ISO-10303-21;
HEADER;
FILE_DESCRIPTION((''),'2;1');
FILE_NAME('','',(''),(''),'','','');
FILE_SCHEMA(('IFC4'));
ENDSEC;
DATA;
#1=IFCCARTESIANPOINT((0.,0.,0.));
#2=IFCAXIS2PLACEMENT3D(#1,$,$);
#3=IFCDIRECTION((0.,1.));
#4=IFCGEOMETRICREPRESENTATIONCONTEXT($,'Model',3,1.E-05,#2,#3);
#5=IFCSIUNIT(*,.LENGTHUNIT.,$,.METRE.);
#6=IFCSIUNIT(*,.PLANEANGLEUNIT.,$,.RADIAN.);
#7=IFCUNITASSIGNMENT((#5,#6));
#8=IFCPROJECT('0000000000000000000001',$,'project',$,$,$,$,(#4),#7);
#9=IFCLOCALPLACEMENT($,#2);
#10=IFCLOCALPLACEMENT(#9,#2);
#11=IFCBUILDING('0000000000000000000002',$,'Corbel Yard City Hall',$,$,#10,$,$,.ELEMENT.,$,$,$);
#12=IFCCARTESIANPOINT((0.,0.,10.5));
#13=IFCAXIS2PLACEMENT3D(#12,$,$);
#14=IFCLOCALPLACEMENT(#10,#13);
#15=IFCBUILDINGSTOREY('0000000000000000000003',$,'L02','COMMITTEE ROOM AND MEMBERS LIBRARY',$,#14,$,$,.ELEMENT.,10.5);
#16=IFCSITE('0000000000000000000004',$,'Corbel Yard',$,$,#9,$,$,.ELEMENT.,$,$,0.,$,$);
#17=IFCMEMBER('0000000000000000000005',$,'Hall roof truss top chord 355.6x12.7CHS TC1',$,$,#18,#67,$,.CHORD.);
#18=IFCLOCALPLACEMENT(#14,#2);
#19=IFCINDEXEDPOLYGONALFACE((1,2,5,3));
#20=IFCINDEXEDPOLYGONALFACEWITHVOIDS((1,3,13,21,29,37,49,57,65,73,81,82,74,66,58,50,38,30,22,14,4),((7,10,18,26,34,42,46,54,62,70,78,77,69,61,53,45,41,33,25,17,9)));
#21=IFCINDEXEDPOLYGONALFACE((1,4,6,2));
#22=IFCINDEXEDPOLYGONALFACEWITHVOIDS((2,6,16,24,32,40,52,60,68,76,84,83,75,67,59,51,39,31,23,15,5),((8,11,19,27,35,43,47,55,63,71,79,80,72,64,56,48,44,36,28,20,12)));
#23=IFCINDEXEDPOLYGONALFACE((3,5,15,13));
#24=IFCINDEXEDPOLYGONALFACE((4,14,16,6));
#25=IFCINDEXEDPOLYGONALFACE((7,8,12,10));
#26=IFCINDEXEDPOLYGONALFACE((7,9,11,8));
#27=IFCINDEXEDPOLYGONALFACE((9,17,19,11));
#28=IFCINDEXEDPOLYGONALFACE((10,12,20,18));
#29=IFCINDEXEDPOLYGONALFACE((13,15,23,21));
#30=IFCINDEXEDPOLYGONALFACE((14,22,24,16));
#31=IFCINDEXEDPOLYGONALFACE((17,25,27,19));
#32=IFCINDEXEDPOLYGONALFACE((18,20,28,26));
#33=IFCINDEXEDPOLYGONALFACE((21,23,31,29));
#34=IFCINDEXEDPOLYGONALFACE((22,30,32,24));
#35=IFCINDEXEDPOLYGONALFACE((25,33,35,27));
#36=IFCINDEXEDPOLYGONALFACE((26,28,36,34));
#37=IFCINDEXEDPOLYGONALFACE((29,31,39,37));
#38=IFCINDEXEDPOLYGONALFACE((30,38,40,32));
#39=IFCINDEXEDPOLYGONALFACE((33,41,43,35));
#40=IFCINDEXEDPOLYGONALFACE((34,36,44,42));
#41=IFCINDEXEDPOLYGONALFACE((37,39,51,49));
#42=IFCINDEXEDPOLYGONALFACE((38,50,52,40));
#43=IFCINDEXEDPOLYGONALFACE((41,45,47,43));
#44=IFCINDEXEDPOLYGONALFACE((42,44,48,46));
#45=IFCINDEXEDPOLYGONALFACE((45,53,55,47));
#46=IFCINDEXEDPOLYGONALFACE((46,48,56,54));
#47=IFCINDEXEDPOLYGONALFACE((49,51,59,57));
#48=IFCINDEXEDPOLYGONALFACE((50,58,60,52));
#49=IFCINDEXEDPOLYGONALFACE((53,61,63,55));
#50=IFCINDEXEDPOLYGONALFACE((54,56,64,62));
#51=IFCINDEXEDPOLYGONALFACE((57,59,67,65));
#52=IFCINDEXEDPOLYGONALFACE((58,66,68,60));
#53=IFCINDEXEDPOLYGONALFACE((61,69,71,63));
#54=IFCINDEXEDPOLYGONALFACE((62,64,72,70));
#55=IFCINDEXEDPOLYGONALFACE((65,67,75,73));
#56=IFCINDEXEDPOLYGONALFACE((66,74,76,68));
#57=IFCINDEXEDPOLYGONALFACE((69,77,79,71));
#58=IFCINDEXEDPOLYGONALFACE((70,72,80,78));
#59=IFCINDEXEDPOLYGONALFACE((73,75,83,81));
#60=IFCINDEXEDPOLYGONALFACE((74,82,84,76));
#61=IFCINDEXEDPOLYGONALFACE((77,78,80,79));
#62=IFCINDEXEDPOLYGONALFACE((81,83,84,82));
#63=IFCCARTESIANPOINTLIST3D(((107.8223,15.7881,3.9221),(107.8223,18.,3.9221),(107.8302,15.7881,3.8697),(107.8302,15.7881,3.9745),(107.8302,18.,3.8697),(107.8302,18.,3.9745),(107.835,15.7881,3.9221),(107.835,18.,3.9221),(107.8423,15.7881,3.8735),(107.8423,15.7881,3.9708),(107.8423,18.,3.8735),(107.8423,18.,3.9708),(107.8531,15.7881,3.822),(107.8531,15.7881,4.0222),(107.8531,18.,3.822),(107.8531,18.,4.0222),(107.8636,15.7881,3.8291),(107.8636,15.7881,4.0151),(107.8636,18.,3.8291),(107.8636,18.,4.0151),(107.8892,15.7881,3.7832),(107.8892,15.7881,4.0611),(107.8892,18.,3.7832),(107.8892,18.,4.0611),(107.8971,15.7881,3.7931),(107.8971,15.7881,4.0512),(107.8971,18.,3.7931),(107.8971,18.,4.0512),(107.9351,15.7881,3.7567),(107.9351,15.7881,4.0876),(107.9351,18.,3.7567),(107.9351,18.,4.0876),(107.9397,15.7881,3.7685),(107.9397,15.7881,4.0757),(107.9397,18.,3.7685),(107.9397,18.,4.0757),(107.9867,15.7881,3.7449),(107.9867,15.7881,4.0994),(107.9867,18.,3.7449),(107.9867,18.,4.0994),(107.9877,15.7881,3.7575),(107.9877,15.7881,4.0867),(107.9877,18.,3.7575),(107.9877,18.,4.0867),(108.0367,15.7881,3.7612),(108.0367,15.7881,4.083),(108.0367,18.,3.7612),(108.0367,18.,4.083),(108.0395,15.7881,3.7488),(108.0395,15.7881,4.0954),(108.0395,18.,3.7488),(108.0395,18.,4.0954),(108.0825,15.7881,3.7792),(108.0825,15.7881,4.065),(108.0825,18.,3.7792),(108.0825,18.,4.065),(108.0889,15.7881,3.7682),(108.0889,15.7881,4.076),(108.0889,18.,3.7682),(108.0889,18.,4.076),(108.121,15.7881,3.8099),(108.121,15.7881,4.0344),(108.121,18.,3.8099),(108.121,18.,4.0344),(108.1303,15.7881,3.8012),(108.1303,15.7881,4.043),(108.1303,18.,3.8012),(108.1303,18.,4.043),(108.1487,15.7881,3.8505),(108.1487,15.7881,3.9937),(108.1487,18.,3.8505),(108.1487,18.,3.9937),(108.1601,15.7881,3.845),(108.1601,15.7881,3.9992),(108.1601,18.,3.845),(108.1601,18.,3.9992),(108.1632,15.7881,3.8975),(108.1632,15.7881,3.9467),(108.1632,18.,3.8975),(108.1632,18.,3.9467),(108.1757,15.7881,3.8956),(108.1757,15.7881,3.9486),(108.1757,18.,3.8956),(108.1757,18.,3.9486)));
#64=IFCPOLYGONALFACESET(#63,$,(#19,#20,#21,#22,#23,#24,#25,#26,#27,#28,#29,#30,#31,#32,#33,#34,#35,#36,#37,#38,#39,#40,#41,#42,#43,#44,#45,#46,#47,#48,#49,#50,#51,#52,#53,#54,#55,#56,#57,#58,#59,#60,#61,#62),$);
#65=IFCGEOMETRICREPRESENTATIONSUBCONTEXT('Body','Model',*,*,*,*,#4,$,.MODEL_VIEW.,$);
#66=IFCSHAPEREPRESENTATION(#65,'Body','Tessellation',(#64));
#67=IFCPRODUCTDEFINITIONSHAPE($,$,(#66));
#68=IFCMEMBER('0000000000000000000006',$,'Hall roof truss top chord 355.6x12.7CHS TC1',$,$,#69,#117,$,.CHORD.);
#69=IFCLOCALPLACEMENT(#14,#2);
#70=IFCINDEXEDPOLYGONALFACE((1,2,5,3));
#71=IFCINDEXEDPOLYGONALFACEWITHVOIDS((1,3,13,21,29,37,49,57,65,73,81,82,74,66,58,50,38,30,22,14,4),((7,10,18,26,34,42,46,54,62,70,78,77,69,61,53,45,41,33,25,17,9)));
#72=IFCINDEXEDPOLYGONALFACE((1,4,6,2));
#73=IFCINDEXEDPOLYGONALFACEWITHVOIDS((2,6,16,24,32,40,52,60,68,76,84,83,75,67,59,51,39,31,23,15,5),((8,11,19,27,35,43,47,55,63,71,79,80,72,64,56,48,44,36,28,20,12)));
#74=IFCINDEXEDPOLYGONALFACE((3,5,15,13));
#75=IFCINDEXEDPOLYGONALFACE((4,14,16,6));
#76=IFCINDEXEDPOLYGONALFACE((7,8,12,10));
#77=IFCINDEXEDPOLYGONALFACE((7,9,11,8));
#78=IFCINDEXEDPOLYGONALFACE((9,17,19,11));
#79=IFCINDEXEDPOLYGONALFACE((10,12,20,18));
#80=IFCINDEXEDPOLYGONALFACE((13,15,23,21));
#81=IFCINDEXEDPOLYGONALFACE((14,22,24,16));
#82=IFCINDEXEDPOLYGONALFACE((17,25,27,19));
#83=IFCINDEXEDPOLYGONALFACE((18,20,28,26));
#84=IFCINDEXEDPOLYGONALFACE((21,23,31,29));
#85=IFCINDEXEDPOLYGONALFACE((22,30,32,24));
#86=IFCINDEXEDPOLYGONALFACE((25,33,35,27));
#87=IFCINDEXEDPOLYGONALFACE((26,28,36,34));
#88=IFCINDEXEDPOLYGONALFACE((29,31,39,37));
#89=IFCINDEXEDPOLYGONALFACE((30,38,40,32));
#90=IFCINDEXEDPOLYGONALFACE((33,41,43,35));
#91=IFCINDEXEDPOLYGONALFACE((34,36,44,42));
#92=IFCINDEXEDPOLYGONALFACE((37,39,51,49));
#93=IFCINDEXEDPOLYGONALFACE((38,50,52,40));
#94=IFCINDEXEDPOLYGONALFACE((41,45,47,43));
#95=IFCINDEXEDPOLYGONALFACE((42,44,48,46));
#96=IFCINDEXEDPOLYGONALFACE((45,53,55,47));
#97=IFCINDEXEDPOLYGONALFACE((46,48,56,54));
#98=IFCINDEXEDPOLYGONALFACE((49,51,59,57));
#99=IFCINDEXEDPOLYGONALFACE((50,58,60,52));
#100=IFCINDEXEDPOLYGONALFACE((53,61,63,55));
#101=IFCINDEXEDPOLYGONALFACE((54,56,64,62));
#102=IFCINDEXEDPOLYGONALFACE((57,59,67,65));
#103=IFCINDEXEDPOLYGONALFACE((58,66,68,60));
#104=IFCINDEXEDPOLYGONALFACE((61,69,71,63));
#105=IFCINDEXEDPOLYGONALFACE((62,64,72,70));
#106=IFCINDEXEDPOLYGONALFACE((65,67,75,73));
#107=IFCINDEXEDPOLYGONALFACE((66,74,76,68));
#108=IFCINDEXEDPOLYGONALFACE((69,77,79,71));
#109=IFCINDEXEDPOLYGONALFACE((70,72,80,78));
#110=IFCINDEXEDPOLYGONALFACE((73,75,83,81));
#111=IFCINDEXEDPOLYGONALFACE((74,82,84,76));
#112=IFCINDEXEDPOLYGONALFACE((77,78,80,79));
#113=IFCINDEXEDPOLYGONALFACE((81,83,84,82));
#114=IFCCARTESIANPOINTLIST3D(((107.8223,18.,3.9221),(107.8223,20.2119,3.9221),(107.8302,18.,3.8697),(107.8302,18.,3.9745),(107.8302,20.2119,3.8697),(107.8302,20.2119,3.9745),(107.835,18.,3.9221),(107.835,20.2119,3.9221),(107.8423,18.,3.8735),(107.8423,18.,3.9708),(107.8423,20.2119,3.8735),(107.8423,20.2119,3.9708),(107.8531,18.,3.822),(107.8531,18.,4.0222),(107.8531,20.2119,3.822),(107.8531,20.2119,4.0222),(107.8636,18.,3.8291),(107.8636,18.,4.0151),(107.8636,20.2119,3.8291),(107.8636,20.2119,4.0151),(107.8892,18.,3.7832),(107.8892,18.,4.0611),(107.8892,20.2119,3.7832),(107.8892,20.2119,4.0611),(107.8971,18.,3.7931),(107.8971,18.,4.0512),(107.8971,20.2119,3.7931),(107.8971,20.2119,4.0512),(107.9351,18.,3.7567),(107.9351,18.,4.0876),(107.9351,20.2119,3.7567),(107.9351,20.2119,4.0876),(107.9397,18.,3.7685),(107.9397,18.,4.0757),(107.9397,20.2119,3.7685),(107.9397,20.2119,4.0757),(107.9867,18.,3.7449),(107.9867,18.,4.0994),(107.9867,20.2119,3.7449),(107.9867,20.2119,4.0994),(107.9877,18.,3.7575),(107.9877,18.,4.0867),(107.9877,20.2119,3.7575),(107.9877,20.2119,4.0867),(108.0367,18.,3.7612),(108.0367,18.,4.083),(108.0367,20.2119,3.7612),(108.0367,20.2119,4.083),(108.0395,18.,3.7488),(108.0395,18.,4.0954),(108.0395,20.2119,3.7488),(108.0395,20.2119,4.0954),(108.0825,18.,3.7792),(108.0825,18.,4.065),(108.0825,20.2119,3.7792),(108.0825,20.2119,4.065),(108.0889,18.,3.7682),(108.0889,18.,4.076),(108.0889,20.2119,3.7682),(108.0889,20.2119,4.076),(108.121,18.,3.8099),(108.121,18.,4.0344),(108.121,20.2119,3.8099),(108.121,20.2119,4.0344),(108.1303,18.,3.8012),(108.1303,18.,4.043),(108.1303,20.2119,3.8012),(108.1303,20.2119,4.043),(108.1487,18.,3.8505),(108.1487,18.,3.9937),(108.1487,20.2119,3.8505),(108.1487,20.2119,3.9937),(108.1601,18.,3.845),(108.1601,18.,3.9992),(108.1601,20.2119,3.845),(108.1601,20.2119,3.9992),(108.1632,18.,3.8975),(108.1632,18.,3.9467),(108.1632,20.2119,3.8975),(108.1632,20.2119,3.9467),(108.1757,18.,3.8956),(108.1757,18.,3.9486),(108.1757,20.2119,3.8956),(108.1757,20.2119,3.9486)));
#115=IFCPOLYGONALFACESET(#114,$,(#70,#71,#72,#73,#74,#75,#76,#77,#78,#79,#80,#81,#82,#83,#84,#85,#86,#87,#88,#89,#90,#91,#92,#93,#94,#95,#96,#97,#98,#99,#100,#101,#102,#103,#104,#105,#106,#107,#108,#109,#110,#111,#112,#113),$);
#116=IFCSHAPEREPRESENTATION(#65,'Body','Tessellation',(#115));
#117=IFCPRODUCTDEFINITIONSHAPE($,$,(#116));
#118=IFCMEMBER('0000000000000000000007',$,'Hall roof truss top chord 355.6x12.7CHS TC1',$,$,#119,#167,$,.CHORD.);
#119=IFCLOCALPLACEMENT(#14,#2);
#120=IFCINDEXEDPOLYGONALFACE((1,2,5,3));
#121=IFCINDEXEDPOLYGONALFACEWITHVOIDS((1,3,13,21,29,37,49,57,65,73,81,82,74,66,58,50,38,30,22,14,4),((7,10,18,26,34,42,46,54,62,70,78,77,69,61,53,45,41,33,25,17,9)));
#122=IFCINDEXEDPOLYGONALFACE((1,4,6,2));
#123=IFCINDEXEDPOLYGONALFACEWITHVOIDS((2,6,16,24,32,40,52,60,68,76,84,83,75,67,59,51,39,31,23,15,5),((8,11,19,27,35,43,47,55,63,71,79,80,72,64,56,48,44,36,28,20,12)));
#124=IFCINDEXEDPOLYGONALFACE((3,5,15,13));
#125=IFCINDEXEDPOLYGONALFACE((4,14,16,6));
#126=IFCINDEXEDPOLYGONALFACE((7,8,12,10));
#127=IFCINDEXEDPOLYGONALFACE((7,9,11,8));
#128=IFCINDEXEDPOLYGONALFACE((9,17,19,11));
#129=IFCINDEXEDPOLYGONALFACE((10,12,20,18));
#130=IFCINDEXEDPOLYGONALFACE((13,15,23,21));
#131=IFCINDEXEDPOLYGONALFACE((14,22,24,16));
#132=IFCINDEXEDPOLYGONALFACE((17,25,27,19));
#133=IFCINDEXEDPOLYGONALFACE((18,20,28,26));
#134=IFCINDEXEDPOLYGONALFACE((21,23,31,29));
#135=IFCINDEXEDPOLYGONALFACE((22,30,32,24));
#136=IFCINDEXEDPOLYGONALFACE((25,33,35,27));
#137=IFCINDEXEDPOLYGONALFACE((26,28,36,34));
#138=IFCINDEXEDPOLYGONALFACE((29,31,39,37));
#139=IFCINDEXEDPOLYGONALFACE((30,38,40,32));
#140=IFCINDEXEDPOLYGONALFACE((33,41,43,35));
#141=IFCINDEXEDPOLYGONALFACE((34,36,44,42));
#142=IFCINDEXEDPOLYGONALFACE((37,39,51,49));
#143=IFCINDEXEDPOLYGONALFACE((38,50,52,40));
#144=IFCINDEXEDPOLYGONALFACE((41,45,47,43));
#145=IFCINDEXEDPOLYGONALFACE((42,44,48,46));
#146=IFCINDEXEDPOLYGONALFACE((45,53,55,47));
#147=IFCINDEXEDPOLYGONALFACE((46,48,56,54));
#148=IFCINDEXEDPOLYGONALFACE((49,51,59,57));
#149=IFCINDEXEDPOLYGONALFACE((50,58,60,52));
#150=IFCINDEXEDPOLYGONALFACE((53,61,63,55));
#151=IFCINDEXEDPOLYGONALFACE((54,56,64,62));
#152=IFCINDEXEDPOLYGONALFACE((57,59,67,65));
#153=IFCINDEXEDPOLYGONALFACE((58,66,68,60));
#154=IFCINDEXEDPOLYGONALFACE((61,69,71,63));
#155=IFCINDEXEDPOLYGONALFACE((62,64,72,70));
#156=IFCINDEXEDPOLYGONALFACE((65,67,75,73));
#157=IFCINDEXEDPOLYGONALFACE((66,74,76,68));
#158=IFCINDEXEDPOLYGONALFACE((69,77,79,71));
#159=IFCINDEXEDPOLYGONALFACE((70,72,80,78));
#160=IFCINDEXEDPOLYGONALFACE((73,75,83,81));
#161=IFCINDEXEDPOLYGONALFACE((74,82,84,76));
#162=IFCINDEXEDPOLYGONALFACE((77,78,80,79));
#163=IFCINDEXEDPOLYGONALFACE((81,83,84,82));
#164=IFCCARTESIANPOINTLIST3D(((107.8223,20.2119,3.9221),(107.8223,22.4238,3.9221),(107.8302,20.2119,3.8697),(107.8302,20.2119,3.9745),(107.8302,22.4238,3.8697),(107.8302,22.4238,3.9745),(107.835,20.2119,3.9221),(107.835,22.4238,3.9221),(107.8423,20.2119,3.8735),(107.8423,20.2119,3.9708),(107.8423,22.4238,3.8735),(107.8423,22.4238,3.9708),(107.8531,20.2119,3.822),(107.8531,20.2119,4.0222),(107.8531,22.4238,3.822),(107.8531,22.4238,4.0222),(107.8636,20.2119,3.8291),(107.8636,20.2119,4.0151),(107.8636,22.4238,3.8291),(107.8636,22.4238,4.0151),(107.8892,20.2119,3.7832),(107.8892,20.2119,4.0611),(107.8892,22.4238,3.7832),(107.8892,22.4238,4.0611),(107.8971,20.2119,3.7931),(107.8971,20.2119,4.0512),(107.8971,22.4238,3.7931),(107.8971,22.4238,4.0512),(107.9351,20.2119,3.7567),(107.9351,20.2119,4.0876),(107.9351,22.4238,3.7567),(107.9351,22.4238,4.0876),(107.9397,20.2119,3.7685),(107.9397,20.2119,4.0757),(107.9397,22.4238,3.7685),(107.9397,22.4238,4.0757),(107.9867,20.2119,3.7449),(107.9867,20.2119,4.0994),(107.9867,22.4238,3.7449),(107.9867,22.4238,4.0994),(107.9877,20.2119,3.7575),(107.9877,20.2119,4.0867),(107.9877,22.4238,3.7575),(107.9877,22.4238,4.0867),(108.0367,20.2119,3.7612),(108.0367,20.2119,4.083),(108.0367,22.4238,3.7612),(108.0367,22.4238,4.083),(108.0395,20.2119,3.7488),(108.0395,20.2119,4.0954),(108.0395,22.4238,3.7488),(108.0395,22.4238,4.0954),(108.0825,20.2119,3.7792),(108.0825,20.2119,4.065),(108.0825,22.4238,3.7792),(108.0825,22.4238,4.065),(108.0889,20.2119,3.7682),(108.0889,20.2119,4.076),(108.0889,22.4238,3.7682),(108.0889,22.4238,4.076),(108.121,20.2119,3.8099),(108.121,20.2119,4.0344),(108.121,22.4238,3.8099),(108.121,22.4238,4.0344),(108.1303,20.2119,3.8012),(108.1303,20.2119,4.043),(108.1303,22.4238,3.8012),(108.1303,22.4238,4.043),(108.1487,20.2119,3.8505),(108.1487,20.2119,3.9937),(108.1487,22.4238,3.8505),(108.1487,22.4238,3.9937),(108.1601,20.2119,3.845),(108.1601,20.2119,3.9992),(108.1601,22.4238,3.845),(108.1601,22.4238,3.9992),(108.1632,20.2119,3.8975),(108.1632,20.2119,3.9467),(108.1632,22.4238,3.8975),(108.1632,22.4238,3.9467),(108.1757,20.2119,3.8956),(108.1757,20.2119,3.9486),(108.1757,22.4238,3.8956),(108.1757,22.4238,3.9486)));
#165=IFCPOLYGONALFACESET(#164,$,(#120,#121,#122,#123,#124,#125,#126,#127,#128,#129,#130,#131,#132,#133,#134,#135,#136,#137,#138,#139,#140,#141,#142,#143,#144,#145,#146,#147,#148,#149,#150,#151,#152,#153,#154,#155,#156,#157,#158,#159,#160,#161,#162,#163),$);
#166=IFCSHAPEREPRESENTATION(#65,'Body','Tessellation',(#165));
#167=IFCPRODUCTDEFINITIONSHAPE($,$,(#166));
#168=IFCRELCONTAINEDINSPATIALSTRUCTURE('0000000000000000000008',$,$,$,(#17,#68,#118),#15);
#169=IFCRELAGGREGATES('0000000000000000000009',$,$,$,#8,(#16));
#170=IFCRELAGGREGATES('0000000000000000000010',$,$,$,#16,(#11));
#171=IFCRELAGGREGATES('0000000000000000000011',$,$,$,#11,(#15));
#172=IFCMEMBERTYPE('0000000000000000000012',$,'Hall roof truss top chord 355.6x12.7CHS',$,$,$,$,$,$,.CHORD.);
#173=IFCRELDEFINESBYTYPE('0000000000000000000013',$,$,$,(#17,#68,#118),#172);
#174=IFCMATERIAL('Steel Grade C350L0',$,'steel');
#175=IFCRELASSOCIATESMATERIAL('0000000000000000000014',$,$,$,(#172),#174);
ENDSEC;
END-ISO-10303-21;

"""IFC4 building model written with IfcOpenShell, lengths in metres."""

from ifc_helpers import new_model, si_unit, direction, frame, origin, origin_2d, place, context, subcontext, project, spatial, hollow_circle, extrude, material, material_profile, profile_set, type_object, element, save


model = new_model("IFC4")

# Units and contexts
model_context = context("Model", 3, precision=1e-05, world=origin(), true_north=direction((0.0, 1.0)))
body_context = subcontext(model_context, "Body", "Model", "MODEL_VIEW")
ifc_project = project(units=[si_unit("LENGTHUNIT", "METRE"), si_unit("PLANEANGLEUNIT", "RADIAN")], contexts=[model_context])

# Site, building, storey
site_placement = place(None, origin())
site = spatial("IfcSite", under=ifc_project, at=site_placement, Name="Corbel Yard", CompositionType="ELEMENT", RefElevation=0.0)
building_placement = place(site_placement, origin())
building = spatial("IfcBuilding", under=site, at=building_placement, Name="Corbel Yard City Hall", CompositionType="ELEMENT")
storey_placement = place(building_placement, frame((0.0, 0.0, 10.5)))
storey = spatial("IfcBuildingStorey", under=building, at=storey_placement, Name="L02", Description="COMMITTEE ROOM AND MEMBERS LIBRARY", CompositionType="ELEMENT", Elevation=10.5)

# Members
ifc_material_1 = material(Name="Steel Grade C350L0", Category="steel")
ifc_material_profile_1 = material_profile(ifc_material_1, hollow_circle(Radius=0.1777, WallThickness=0.0127, at=origin_2d()), Name="355.6x12.7CHS")
ifc_profile_set_1 = profile_set([ifc_material_profile_1], Name="Steel Grade C350L0")
member_type_1 = type_object("IfcMemberType", Name="Hall roof truss top chord 355.6x12.7CHS", PredefinedType="CHORD", material=ifc_profile_set_1)
for number, where, z_axis, x_axis, name in (
    (1, (108.0, 15.7881, 3.9221), (0.0, 1.0, 0.0), (-1.0, 0.0, 0.0), "Hall roof truss top chord 355.6x12.7CHS TC1"),
    (2, (108.0, 18.0, 3.9221), (0.0, 1.0, 0.0), (-1.0, 0.0, 0.0), "Hall roof truss top chord 355.6x12.7CHS TC1"),
    (3, (108.0, 20.2119, 3.9221), (0.0, 1.0, 0.0), (-1.0, 0.0, 0.0), "Hall roof truss top chord 355.6x12.7CHS TC1"),
):
    element("IfcMember", number, at=place(storey_placement, frame(where, z_axis=z_axis, x_axis=x_axis)), inside=storey, type_object=member_type_1, Name=name, PredefinedType="CHORD", context=body_context, shape_type="SweptSolid", body=[
        extrude(hollow_circle(Radius=0.1777, WallThickness=0.0127, at=origin_2d()), origin(), (0.0, 0.0, 1.0), 2.2119),
    ])

save(model, "model.ifc")
